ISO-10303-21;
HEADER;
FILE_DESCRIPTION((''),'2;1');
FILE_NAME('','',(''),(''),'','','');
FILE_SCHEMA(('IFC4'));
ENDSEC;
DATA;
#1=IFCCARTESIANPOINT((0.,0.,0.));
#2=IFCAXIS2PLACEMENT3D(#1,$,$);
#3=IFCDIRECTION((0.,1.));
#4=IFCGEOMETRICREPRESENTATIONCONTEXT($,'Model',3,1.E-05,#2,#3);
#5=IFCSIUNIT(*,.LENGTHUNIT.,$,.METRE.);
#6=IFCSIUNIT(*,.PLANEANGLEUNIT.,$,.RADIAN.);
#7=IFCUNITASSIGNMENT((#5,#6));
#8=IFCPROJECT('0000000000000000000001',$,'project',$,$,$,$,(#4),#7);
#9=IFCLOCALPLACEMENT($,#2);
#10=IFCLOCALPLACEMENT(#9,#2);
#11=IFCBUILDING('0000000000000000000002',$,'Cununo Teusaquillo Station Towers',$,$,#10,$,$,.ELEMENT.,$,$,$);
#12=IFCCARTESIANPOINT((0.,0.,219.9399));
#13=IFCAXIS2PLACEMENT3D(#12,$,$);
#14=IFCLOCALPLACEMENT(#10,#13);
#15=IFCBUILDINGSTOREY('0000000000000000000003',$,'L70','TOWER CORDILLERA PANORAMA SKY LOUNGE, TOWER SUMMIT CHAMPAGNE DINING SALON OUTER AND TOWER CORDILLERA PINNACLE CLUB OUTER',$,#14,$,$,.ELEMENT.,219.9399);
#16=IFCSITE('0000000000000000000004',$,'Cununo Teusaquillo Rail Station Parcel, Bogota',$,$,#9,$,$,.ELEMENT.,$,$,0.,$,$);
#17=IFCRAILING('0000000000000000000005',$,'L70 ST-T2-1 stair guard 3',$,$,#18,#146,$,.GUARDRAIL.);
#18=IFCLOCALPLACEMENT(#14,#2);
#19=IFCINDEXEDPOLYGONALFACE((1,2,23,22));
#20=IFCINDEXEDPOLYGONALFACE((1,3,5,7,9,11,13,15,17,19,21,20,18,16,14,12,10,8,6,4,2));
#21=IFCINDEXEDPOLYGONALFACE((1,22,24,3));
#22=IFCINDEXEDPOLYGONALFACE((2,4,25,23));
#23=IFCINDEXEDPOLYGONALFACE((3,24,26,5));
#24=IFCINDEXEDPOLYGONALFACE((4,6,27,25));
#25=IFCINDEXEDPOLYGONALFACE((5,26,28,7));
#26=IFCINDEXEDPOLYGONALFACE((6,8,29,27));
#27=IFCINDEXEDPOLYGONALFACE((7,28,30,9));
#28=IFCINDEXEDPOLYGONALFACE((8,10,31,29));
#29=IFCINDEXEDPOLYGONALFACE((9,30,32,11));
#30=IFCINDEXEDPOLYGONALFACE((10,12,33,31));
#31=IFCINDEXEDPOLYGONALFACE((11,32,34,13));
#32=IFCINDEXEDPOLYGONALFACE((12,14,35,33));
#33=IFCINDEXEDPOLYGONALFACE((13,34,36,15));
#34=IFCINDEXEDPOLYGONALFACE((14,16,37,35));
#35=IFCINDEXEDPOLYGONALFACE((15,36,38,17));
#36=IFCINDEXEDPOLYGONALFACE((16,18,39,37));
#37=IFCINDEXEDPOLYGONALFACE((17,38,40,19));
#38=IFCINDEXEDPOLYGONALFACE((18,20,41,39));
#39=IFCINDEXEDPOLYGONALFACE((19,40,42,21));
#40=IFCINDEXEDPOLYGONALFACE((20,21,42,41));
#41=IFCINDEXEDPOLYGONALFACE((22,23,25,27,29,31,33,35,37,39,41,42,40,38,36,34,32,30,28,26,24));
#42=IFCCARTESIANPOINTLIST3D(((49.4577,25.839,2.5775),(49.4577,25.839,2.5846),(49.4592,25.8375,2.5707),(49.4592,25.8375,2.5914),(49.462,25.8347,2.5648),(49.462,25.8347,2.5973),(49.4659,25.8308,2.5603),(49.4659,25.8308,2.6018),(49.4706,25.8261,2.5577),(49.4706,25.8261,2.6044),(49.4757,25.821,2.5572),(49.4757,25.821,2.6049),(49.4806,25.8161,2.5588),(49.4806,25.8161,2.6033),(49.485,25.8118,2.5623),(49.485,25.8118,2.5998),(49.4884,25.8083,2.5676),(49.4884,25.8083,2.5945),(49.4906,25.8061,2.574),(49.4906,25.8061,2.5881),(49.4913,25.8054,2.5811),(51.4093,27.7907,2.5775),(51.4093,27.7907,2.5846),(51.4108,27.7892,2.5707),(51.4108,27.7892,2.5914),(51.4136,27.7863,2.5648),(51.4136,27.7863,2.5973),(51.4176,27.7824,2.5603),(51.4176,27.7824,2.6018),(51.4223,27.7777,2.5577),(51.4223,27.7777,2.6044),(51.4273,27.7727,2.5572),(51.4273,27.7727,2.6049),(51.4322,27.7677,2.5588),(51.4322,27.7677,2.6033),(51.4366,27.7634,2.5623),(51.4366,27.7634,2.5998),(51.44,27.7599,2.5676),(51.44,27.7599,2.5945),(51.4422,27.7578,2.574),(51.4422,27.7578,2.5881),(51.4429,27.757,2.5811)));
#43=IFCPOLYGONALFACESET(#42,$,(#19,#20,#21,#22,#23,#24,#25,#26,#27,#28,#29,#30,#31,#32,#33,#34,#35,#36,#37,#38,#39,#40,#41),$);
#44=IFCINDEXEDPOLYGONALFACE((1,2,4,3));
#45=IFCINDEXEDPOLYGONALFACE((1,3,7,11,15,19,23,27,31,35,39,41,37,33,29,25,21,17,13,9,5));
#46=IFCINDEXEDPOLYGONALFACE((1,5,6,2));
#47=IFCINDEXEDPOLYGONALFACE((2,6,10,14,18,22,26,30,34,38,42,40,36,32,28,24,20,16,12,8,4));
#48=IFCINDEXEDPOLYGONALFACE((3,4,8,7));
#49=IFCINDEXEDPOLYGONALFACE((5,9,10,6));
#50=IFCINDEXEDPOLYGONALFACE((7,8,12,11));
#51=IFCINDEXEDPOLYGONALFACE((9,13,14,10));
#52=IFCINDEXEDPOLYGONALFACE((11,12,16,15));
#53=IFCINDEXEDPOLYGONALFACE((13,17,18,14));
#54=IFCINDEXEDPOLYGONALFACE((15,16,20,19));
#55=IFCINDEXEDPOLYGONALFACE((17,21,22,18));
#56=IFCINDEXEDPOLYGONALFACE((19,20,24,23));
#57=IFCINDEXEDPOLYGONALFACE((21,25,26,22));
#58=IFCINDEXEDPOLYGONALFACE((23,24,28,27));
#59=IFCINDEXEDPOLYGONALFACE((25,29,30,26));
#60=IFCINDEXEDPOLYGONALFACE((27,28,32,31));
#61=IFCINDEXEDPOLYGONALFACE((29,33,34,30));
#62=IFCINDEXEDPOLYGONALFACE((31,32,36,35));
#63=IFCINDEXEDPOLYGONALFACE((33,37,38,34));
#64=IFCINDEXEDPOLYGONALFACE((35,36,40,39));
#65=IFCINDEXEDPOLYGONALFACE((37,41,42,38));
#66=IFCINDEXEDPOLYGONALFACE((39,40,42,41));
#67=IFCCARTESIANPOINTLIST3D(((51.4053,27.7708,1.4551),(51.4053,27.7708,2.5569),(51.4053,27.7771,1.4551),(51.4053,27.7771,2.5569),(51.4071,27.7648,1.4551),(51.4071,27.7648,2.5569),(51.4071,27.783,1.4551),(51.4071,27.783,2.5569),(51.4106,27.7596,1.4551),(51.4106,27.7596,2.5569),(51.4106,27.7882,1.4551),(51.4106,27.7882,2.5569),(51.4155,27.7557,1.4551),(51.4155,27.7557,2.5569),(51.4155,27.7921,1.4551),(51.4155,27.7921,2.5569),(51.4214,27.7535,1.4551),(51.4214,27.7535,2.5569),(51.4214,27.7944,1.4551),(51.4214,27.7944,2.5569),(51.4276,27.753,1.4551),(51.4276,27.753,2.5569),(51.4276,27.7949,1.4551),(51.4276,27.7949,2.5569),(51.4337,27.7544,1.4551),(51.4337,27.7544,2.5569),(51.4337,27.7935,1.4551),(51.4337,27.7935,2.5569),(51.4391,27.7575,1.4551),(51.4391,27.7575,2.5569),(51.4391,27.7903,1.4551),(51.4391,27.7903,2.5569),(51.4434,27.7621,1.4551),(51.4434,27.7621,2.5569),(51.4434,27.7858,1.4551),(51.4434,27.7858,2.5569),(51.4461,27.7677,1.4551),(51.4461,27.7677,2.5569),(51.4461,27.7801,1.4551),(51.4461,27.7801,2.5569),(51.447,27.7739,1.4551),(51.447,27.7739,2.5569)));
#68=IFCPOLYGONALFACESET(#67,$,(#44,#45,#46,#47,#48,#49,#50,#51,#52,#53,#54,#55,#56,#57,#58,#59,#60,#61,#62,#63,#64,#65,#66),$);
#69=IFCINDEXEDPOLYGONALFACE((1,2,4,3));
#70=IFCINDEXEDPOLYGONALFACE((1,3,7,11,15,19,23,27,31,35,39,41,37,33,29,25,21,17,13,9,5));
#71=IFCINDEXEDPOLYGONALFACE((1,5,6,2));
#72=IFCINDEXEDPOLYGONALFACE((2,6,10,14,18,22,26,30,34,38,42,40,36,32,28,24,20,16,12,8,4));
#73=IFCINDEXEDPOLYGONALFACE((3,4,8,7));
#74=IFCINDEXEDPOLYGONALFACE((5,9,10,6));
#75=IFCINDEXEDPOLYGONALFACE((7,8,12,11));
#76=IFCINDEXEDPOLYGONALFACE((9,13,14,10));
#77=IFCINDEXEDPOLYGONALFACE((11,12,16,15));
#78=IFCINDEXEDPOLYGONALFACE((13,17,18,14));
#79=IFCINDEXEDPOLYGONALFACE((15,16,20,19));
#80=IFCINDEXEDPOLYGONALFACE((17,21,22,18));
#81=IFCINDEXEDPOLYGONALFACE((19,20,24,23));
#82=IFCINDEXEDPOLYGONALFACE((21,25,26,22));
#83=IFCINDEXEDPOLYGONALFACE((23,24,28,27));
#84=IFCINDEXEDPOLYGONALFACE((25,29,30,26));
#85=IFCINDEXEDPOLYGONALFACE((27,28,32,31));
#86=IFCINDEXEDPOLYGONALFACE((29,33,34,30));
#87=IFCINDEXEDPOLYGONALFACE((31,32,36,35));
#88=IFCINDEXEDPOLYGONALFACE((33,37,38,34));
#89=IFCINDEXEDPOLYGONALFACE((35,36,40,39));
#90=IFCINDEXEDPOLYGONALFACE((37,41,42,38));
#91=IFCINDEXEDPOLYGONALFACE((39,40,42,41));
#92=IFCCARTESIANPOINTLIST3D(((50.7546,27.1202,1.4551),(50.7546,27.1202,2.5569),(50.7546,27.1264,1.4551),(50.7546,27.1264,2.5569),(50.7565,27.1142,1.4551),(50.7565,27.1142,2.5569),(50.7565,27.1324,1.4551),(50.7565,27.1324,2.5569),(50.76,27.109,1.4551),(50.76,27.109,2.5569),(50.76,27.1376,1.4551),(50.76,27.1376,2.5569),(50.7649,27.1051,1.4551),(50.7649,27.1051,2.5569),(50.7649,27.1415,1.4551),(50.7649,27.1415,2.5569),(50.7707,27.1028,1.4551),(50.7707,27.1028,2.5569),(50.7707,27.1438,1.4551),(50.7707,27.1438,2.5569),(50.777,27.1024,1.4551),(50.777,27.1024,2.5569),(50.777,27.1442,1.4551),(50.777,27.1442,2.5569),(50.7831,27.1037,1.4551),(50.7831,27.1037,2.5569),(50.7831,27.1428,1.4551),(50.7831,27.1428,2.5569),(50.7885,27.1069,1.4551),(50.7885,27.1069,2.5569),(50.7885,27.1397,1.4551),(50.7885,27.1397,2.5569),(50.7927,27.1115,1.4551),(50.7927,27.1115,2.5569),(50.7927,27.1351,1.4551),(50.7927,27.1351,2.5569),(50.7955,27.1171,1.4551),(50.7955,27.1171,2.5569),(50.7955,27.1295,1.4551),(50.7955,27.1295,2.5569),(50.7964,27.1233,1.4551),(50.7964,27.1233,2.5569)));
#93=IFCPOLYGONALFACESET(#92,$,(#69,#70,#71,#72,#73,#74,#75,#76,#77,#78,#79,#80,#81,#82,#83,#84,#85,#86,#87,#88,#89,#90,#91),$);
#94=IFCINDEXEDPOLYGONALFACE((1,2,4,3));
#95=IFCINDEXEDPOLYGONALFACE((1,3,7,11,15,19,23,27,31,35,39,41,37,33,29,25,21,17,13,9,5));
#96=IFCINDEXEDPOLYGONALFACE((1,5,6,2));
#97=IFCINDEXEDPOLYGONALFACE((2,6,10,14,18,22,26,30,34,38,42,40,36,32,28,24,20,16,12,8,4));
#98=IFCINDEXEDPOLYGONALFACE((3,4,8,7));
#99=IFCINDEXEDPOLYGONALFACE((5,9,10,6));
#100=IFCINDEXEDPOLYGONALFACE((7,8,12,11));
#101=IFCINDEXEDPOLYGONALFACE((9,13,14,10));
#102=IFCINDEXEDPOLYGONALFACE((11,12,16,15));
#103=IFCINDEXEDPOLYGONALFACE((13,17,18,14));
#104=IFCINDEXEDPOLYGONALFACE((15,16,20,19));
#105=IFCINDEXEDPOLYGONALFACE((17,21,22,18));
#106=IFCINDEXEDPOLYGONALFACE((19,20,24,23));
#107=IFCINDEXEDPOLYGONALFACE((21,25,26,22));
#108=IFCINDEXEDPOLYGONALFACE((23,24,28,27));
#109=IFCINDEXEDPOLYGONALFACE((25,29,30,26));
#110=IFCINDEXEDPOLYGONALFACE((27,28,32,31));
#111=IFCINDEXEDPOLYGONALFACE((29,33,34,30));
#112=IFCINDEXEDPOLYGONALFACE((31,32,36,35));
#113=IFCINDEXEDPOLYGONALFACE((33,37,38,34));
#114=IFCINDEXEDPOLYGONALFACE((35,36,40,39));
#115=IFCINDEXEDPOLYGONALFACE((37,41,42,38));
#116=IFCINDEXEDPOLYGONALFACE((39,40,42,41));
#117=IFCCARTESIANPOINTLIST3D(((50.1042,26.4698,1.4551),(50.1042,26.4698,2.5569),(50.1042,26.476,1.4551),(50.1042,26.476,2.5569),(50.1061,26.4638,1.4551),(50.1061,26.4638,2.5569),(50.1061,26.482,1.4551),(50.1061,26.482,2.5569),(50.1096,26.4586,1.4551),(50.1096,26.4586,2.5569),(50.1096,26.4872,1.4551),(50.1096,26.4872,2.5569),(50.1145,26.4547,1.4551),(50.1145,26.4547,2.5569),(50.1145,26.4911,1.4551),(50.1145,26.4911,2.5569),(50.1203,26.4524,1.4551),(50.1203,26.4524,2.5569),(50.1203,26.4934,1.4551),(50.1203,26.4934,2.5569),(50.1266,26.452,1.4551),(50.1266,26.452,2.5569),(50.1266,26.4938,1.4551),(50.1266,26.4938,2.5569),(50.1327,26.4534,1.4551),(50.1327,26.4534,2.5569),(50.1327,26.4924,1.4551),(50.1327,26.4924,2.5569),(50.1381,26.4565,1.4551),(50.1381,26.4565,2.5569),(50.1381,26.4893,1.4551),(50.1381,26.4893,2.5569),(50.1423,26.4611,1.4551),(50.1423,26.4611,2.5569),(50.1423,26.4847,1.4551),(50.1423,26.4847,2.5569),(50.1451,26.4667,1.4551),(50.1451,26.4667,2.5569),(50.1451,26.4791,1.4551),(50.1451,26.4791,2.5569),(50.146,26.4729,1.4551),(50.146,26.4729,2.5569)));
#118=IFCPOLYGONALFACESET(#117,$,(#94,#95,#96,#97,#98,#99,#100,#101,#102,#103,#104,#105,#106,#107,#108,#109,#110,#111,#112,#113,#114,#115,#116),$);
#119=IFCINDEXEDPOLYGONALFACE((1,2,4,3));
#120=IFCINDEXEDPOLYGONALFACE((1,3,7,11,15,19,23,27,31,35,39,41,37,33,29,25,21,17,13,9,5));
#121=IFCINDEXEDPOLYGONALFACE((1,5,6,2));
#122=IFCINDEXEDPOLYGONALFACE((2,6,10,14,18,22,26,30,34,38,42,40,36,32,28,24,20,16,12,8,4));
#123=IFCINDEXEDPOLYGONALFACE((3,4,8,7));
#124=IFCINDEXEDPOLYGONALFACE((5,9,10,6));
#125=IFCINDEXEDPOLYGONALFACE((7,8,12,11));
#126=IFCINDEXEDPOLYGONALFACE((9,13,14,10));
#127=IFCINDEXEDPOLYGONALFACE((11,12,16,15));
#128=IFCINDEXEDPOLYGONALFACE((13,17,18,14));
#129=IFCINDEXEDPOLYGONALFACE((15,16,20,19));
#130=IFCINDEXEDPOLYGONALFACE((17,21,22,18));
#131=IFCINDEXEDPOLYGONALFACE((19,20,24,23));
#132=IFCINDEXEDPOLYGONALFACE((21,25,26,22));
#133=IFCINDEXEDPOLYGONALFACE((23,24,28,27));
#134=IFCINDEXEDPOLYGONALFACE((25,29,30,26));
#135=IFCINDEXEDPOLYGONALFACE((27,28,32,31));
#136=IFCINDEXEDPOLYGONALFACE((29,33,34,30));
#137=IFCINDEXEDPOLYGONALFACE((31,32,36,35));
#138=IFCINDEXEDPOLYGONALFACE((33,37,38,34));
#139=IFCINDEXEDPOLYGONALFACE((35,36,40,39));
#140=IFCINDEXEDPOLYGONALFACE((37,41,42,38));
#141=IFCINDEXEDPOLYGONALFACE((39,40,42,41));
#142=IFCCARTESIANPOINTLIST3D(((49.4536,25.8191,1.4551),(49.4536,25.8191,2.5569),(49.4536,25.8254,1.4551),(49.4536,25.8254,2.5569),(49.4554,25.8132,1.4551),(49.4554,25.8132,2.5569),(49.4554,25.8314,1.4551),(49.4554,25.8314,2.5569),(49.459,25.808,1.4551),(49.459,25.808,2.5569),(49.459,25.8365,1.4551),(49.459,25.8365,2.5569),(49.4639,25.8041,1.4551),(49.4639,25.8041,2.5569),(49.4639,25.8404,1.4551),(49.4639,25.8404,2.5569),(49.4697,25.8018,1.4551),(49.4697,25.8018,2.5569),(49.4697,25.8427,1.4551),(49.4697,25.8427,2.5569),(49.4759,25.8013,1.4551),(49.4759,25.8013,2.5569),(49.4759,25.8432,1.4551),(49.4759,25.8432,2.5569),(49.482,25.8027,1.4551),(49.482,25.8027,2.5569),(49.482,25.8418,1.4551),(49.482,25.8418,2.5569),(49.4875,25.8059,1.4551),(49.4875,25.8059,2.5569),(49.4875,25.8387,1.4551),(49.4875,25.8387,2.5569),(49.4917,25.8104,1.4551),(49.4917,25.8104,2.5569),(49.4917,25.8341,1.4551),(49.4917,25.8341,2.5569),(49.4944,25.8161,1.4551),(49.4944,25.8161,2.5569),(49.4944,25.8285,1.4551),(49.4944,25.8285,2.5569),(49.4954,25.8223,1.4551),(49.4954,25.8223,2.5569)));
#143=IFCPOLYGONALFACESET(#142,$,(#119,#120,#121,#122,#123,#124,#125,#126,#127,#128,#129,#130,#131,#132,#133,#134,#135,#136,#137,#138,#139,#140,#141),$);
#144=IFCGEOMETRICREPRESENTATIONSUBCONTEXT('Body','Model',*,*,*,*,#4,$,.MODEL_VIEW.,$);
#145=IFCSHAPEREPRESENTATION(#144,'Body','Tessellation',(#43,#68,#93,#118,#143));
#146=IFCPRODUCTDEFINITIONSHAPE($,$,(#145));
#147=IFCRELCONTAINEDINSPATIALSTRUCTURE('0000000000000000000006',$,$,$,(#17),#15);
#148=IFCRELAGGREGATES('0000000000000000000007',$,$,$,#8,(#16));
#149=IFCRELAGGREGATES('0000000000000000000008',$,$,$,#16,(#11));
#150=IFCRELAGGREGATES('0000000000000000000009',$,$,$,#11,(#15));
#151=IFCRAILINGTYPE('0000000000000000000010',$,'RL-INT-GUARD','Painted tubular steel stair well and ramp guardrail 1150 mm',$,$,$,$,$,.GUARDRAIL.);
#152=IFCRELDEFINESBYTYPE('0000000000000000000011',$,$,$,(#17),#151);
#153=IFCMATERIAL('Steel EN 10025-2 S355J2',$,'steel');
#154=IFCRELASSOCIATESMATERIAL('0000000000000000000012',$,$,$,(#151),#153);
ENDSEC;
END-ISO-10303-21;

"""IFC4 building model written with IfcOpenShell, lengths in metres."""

from ifc_helpers import new_model, si_unit, direction, frame, origin, origin_2d, place, context, subcontext, project, spatial, circle, extrude, material, type_object, element, save


model = new_model("IFC4")

# Units and contexts
model_context = context("Model", 3, precision=1e-05, world=origin(), true_north=direction((0.0, 1.0)))
body_context = subcontext(model_context, "Body", "Model", "MODEL_VIEW")
ifc_project = project(units=[si_unit("LENGTHUNIT", "METRE"), si_unit("PLANEANGLEUNIT", "RADIAN")], contexts=[model_context])

# Site, building, storey
site_placement = place(None, origin())
site = spatial("IfcSite", under=ifc_project, at=site_placement, Name="Cununo Teusaquillo Rail Station Parcel, Bogota", CompositionType="ELEMENT", RefElevation=0.0)
building_placement = place(site_placement, origin())
building = spatial("IfcBuilding", under=site, at=building_placement, Name="Cununo Teusaquillo Station Towers", CompositionType="ELEMENT")
storey_placement = place(building_placement, frame((0.0, 0.0, 219.9399)))
storey = spatial("IfcBuildingStorey", under=building, at=storey_placement, Name="L70", Description="TOWER CORDILLERA PANORAMA SKY LOUNGE, TOWER SUMMIT CHAMPAGNE DINING SALON OUTER AND TOWER CORDILLERA PINNACLE CLUB OUTER", CompositionType="ELEMENT", Elevation=219.9399)

# Railing
ifc_material_1 = material(Name="Steel EN 10025-2 S355J2", Category="steel")
railing_type = type_object("IfcRailingType", Name="RL-INT-GUARD", Description="Painted tubular steel stair well and ramp guardrail 1150 mm", PredefinedType="GUARDRAIL", material=ifc_material_1)
railing_1_placement = place(storey_placement, frame((51.426, 27.7739, 1.4551)))
element("IfcRailing", 1, at=railing_1_placement, inside=storey, type_object=railing_type, Name="L70 ST-T2-1 stair guard 3", PredefinedType="GUARDRAIL", context=body_context, shape_type="SweptSolid", body=[
    extrude(circle(Radius=0.0239, at=origin_2d()), frame((0.0, 0.0, 1.126), z_axis=(-0.707107, -0.707107, 0.0), x_axis=(0.707107, -0.707107, 0.0)), (0.0, 0.0, 1.0), 2.76),
    extrude(circle(Radius=0.021, at=origin_2d()), origin(), (0.0, 0.0, 1.0), 1.1018),
    extrude(circle(Radius=0.021, at=origin_2d()), frame((-0.6506, -0.6506, 0.0)), (0.0, 0.0, 1.0), 1.1018),
    extrude(circle(Radius=0.021, at=origin_2d()), frame((-1.301, -1.301, 0.0)), (0.0, 0.0, 1.0), 1.1018),
    extrude(circle(Radius=0.021, at=origin_2d()), frame((-1.9517, -1.9517, 0.0)), (0.0, 0.0, 1.0), 1.1018),
])

save(model, "model.ifc")
